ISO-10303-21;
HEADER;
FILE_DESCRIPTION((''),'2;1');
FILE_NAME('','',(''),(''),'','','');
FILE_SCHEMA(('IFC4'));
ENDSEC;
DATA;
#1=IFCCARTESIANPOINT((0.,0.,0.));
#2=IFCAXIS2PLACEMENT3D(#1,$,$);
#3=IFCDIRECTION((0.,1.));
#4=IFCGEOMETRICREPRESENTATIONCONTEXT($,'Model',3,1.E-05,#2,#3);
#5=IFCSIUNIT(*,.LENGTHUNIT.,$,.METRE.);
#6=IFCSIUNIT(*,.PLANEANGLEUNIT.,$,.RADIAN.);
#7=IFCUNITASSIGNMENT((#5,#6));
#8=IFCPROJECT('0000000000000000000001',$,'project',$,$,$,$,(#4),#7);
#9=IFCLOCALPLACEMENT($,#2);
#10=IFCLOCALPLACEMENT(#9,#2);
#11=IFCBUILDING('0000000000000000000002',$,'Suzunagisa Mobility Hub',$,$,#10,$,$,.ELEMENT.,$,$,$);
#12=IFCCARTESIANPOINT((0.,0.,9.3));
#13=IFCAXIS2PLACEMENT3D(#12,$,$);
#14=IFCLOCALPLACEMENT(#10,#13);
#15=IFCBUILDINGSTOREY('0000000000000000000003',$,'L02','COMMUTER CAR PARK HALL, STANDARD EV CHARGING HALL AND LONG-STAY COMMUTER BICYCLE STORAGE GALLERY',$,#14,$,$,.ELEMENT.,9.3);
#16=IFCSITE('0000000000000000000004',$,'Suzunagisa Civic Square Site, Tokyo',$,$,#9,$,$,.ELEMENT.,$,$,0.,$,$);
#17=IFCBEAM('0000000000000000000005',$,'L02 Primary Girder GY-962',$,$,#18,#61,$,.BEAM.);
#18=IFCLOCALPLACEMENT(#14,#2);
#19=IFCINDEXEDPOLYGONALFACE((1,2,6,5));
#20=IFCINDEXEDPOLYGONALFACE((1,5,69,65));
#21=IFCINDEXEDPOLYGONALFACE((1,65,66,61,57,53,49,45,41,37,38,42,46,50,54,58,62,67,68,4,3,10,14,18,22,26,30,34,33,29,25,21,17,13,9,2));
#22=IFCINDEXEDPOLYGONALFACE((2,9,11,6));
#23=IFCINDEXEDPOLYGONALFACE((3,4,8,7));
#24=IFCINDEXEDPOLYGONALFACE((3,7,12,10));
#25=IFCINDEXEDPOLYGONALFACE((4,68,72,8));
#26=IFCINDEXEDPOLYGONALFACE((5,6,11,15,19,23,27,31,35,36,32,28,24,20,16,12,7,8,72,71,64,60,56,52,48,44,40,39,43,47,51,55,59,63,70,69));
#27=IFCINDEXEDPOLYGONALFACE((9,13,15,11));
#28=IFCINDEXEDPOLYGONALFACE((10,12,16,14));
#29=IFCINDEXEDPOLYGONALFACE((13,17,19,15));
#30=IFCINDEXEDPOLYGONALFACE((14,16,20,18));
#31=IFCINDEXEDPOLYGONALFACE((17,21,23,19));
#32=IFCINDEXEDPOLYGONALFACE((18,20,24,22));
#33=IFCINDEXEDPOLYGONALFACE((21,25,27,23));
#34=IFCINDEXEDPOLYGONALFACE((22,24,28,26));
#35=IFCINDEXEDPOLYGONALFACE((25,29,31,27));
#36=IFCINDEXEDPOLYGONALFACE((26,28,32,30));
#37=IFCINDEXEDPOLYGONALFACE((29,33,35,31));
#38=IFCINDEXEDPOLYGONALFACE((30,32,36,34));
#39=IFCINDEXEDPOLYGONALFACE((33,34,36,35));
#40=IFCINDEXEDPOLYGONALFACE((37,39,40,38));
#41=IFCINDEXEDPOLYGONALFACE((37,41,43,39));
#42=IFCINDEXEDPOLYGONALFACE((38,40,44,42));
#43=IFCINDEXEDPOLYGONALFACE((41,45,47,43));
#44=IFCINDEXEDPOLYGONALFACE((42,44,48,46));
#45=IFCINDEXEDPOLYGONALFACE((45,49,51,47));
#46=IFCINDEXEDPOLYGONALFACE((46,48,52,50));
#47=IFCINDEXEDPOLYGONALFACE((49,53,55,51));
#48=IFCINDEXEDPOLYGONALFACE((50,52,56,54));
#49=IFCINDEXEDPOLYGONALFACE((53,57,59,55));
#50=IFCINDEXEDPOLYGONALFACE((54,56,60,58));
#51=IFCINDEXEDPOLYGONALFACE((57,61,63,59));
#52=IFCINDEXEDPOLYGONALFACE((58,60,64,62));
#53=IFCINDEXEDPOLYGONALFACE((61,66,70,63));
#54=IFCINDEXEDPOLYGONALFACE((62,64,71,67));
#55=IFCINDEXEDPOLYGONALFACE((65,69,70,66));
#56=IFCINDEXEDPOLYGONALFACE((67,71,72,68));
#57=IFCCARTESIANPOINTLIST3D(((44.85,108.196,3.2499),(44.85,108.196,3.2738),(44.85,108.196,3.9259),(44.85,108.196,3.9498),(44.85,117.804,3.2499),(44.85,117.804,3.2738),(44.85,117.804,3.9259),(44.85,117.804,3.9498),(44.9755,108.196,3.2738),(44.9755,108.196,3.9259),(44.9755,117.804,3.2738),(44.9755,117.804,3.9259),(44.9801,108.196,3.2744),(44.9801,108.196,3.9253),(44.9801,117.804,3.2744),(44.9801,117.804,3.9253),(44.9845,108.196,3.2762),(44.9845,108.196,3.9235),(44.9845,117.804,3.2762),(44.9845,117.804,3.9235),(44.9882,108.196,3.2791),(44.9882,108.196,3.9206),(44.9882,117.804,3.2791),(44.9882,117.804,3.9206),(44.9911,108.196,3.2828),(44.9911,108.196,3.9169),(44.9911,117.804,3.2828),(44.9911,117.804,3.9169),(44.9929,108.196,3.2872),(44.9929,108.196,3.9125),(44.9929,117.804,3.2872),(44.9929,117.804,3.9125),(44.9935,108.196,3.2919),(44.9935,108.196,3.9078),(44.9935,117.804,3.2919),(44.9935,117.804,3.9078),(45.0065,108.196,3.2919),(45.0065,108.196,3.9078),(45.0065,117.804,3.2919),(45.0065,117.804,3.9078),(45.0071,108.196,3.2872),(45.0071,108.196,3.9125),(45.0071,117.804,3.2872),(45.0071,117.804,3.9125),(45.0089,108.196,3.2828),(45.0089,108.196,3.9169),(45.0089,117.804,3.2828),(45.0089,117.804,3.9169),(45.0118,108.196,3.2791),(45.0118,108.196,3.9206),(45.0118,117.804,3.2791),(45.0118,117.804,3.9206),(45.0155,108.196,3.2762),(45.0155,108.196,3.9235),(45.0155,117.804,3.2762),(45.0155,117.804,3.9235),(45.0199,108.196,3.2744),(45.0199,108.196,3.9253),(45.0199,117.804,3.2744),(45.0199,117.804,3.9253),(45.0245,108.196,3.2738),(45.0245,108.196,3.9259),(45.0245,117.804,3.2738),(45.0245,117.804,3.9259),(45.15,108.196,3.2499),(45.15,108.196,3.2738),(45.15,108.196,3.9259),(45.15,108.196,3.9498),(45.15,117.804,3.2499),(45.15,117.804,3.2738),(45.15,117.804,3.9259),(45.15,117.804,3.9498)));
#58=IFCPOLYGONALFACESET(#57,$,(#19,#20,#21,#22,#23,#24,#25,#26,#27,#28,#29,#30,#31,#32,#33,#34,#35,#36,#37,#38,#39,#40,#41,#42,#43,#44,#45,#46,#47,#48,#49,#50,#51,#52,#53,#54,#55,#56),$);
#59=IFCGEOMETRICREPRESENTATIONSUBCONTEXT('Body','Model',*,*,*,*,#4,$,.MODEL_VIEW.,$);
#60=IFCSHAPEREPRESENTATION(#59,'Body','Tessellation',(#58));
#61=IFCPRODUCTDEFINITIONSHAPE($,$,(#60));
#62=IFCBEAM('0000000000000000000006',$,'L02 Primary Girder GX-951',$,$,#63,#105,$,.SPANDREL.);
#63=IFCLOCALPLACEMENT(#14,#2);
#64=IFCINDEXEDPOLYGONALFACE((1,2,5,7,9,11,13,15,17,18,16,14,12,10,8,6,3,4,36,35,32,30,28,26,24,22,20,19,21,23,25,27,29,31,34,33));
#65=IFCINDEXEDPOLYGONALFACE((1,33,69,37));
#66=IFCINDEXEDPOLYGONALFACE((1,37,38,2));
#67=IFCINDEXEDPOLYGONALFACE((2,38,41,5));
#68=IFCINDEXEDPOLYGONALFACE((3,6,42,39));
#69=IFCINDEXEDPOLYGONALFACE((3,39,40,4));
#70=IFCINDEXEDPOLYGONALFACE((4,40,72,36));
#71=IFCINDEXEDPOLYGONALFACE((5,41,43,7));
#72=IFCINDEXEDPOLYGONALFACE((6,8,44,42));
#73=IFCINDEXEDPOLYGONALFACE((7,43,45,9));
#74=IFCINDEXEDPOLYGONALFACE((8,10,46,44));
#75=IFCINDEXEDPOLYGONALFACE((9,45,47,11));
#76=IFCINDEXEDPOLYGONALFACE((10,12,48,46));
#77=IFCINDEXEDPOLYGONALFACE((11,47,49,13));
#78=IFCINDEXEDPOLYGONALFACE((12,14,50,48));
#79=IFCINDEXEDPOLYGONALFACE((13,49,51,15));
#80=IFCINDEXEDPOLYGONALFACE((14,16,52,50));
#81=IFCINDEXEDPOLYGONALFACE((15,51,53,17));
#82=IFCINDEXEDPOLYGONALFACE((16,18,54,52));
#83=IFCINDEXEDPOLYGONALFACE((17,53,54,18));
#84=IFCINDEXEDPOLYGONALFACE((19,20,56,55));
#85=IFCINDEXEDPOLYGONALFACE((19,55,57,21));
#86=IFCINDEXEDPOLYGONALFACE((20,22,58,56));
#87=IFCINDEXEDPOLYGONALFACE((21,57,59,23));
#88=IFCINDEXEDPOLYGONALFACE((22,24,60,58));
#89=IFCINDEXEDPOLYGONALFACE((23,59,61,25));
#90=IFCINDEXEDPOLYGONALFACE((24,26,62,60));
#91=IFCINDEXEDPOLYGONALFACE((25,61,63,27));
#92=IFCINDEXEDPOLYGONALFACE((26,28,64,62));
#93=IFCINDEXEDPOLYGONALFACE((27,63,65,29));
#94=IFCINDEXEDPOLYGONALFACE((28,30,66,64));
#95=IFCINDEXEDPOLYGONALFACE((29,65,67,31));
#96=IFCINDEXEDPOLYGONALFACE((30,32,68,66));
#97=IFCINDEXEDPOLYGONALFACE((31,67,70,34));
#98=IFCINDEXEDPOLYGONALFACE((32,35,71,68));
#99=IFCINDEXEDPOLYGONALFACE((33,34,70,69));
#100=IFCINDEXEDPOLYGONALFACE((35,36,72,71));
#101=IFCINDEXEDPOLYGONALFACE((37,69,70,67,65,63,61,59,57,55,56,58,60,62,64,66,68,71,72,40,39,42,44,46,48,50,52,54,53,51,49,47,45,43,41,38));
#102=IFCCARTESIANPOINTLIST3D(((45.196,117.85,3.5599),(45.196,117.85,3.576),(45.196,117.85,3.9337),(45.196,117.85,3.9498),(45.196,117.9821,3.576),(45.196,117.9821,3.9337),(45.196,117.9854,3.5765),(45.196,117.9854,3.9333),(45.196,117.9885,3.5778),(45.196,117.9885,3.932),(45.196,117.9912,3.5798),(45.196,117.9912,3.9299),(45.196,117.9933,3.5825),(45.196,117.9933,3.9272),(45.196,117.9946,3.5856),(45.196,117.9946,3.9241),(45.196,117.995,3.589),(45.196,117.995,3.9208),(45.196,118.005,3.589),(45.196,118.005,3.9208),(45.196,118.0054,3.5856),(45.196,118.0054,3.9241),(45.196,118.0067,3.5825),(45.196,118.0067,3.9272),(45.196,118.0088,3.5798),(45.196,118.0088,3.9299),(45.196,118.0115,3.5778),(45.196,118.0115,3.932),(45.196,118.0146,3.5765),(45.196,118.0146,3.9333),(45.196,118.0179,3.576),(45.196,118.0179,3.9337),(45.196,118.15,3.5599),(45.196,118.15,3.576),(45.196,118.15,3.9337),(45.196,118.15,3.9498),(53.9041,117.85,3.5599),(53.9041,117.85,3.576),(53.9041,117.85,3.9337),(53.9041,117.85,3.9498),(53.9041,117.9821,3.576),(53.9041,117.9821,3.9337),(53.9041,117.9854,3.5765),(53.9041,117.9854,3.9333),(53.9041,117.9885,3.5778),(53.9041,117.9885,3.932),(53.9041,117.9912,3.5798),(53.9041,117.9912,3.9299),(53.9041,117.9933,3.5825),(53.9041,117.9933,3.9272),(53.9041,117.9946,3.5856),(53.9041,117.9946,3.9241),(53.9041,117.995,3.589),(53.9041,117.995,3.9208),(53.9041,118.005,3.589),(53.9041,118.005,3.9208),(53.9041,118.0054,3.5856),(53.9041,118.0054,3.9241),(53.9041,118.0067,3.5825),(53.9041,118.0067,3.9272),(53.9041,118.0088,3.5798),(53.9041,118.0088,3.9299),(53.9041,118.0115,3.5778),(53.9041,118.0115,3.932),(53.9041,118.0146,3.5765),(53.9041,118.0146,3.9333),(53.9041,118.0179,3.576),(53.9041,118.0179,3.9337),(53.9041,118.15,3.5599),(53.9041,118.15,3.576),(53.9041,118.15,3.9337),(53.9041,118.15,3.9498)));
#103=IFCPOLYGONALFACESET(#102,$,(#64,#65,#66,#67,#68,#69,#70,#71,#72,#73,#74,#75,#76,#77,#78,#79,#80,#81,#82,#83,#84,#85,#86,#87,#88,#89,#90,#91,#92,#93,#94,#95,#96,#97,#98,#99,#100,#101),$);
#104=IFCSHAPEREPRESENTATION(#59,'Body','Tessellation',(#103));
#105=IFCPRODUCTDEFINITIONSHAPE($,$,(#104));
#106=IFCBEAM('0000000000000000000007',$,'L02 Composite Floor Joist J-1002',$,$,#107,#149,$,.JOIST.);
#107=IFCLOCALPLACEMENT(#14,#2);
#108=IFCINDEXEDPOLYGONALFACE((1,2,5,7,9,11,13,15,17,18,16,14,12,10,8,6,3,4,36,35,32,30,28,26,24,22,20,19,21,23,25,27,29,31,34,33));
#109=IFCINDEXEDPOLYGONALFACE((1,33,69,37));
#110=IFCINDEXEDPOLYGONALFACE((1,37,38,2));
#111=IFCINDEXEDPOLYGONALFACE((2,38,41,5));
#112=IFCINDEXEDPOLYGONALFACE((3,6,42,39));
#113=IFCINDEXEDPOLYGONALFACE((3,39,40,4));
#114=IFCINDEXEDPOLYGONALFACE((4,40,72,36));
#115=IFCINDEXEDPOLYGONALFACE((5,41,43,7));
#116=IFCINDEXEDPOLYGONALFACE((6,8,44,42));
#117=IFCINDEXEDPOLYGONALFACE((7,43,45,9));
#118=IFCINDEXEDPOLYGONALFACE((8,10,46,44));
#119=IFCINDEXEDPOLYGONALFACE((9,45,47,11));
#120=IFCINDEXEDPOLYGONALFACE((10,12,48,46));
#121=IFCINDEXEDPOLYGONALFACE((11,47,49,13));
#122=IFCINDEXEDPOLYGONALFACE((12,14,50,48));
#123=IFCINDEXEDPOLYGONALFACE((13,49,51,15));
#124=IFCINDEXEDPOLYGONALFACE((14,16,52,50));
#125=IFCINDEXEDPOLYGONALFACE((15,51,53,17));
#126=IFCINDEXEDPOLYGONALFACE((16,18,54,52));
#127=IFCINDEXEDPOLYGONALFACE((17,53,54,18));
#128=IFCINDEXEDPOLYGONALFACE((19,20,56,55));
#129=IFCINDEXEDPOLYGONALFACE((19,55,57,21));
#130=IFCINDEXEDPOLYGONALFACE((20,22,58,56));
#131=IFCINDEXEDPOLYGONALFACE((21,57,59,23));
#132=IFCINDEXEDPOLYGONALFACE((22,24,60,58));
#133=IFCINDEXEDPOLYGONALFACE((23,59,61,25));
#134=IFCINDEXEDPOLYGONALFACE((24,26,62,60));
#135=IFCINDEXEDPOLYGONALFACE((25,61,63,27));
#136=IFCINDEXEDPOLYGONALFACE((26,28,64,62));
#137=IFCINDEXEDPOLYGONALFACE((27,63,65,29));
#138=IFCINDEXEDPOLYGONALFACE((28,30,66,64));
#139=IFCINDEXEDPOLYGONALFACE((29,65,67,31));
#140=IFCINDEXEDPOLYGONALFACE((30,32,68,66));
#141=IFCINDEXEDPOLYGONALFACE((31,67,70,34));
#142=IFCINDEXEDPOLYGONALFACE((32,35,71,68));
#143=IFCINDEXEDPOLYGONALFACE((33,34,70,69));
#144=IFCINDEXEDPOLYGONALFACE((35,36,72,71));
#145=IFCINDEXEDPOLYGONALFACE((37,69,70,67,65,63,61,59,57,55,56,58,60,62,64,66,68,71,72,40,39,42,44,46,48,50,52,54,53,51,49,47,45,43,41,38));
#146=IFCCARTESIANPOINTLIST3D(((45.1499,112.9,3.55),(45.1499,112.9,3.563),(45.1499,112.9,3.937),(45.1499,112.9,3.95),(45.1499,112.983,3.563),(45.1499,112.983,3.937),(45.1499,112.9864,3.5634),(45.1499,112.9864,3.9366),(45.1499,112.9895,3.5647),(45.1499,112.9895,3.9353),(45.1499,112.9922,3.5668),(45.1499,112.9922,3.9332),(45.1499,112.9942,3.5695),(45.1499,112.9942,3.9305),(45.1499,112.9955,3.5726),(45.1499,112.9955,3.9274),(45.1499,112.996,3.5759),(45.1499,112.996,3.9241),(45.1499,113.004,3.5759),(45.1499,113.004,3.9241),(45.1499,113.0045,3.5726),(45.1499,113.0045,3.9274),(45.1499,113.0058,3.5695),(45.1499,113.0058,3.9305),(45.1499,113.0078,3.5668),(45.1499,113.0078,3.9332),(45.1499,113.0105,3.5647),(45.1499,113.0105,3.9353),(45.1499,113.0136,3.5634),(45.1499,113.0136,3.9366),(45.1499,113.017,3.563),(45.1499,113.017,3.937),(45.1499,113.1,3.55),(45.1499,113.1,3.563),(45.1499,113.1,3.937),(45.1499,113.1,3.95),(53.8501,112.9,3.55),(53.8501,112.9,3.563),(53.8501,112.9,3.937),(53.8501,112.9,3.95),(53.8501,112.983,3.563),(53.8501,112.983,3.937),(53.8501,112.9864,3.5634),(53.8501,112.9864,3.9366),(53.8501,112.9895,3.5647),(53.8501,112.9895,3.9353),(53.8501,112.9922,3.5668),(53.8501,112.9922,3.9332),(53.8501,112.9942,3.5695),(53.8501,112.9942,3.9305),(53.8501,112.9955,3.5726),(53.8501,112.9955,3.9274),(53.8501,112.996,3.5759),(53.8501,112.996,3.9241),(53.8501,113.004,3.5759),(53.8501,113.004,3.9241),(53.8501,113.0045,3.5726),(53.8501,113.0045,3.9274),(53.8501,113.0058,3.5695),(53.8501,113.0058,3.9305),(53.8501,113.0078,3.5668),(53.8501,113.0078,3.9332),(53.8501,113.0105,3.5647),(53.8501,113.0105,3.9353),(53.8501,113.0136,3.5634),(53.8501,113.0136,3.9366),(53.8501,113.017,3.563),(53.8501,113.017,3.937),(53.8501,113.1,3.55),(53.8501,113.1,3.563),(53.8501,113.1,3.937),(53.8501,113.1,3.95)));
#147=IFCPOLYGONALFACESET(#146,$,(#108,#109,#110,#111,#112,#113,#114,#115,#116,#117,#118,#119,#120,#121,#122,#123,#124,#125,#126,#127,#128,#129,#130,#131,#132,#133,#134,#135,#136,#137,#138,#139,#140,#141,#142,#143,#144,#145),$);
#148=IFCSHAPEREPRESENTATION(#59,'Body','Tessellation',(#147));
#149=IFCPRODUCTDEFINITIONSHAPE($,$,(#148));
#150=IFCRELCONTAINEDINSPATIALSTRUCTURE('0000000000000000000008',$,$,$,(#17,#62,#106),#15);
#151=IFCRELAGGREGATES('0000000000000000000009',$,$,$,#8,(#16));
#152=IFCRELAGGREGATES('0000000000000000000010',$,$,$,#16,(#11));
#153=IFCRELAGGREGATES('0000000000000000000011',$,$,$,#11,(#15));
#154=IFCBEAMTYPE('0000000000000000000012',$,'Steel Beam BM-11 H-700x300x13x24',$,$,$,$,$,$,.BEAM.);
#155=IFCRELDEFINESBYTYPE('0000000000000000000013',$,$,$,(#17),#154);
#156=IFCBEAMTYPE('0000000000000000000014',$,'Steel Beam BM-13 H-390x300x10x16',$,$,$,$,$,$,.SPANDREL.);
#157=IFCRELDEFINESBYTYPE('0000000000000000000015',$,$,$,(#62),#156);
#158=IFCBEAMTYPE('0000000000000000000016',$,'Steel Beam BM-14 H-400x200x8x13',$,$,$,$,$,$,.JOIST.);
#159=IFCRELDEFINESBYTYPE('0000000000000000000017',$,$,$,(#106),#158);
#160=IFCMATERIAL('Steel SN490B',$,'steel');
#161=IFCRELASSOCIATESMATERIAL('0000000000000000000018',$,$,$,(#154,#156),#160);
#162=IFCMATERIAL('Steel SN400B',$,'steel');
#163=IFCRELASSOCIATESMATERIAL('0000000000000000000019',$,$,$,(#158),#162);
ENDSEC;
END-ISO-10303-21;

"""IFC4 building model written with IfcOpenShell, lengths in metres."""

from ifc_helpers import new_model, si_unit, direction, frame, origin, origin_2d, place, context, subcontext, project, spatial, i_section, extrude, material, material_profile, profile_set, type_object, element, save


model = new_model("IFC4")

# Units and contexts
model_context = context("Model", 3, precision=1e-05, world=origin(), true_north=direction((0.0, 1.0)))
body_context = subcontext(model_context, "Body", "Model", "MODEL_VIEW")
ifc_project = project(units=[si_unit("LENGTHUNIT", "METRE"), si_unit("PLANEANGLEUNIT", "RADIAN")], contexts=[model_context])

# Site, building, storey
site_placement = place(None, origin())
site = spatial("IfcSite", under=ifc_project, at=site_placement, Name="Suzunagisa Civic Square Site, Tokyo", CompositionType="ELEMENT", RefElevation=0.0)
building_placement = place(site_placement, origin())
building = spatial("IfcBuilding", under=site, at=building_placement, Name="Suzunagisa Mobility Hub", CompositionType="ELEMENT")
storey_placement = place(building_placement, frame((0.0, 0.0, 9.3)))
storey = spatial("IfcBuildingStorey", under=building, at=storey_placement, Name="L02", Description="COMMUTER CAR PARK HALL, STANDARD EV CHARGING HALL AND LONG-STAY COMMUTER BICYCLE STORAGE GALLERY", CompositionType="ELEMENT", Elevation=9.3)

# Shared definitions
ifc_material_1 = material(Name="Steel SN490B", Category="steel")

# Beams
ifc_material_profile_1 = material_profile(ifc_material_1, i_section(OverallWidth=0.3, OverallDepth=0.7, WebThickness=0.0129, FlangeThickness=0.0239, FilletRadius=0.0181, at=origin_2d()), Name="H-700x300x13x24")
ifc_profile_set_1 = profile_set([ifc_material_profile_1], Name="Steel SN490B")
beam_type_1 = type_object("IfcBeamType", Name="Steel Beam BM-11 H-700x300x13x24", PredefinedType="BEAM", material=ifc_profile_set_1)
beam_1_placement = place(storey_placement, frame((45.0, 108.196, 3.5999), z_axis=(0.0, 1.0, 0.0), x_axis=(-1.0, 0.0, 0.0)))
element("IfcBeam", 1, at=beam_1_placement, inside=storey, type_object=beam_type_1, Name="L02 Primary Girder GY-962", PredefinedType="BEAM", context=body_context, shape_type="SweptSolid", body=[
    extrude(i_section(OverallWidth=0.3, OverallDepth=0.7, WebThickness=0.0129, FlangeThickness=0.0239, FilletRadius=0.0181, at=origin_2d()), origin(), (0.0, 0.0, 1.0), 9.6079),
])
ifc_material_profile_2 = material_profile(ifc_material_1, i_section(OverallWidth=0.3, OverallDepth=0.3899, WebThickness=0.01, FlangeThickness=0.0161, FilletRadius=0.0129, at=origin_2d()), Name="H-390x300x10x16")
ifc_profile_set_2 = profile_set([ifc_material_profile_2], Name="Steel SN490B")
beam_type_2 = type_object("IfcBeamType", Name="Steel Beam BM-13 H-390x300x10x16", PredefinedType="SPANDREL", material=ifc_profile_set_2)
beam_2_placement = place(storey_placement, frame((45.196, 118.0, 3.7549), z_axis=(1.0, 0.0, 0.0), x_axis=(0.0, 1.0, 0.0)))
element("IfcBeam", 2, at=beam_2_placement, inside=storey, type_object=beam_type_2, Name="L02 Primary Girder GX-951", PredefinedType="SPANDREL", context=body_context, shape_type="SweptSolid", body=[
    extrude(i_section(OverallWidth=0.3, OverallDepth=0.3899, WebThickness=0.01, FlangeThickness=0.0161, FilletRadius=0.0129, at=origin_2d()), origin(), (0.0, 0.0, 1.0), 8.708),
])
ifc_material_2 = material(Name="Steel SN400B", Category="steel")
ifc_material_profile_3 = material_profile(ifc_material_2, i_section(OverallWidth=0.2, OverallDepth=0.3999, WebThickness=0.0081, FlangeThickness=0.0129, FilletRadius=0.0129, at=origin_2d()), Name="H-400x200x8x13")
ifc_profile_set_3 = profile_set([ifc_material_profile_3], Name="Steel SN400B")
beam_type_3 = type_object("IfcBeamType", Name="Steel Beam BM-14 H-400x200x8x13", PredefinedType="JOIST", material=ifc_profile_set_3)
beam_3_placement = place(storey_placement, frame((45.1499, 113.0, 3.75), z_axis=(1.0, 0.0, 0.0), x_axis=(0.0, 1.0, 0.0)))
element("IfcBeam", 3, at=beam_3_placement, inside=storey, type_object=beam_type_3, Name="L02 Composite Floor Joist J-1002", PredefinedType="JOIST", context=body_context, shape_type="SweptSolid", body=[
    extrude(i_section(OverallWidth=0.2, OverallDepth=0.3999, WebThickness=0.0081, FlangeThickness=0.0129, FilletRadius=0.0129, at=origin_2d()), origin(), (0.0, 0.0, 1.0), 8.7002),
])

save(model, "model.ifc")
